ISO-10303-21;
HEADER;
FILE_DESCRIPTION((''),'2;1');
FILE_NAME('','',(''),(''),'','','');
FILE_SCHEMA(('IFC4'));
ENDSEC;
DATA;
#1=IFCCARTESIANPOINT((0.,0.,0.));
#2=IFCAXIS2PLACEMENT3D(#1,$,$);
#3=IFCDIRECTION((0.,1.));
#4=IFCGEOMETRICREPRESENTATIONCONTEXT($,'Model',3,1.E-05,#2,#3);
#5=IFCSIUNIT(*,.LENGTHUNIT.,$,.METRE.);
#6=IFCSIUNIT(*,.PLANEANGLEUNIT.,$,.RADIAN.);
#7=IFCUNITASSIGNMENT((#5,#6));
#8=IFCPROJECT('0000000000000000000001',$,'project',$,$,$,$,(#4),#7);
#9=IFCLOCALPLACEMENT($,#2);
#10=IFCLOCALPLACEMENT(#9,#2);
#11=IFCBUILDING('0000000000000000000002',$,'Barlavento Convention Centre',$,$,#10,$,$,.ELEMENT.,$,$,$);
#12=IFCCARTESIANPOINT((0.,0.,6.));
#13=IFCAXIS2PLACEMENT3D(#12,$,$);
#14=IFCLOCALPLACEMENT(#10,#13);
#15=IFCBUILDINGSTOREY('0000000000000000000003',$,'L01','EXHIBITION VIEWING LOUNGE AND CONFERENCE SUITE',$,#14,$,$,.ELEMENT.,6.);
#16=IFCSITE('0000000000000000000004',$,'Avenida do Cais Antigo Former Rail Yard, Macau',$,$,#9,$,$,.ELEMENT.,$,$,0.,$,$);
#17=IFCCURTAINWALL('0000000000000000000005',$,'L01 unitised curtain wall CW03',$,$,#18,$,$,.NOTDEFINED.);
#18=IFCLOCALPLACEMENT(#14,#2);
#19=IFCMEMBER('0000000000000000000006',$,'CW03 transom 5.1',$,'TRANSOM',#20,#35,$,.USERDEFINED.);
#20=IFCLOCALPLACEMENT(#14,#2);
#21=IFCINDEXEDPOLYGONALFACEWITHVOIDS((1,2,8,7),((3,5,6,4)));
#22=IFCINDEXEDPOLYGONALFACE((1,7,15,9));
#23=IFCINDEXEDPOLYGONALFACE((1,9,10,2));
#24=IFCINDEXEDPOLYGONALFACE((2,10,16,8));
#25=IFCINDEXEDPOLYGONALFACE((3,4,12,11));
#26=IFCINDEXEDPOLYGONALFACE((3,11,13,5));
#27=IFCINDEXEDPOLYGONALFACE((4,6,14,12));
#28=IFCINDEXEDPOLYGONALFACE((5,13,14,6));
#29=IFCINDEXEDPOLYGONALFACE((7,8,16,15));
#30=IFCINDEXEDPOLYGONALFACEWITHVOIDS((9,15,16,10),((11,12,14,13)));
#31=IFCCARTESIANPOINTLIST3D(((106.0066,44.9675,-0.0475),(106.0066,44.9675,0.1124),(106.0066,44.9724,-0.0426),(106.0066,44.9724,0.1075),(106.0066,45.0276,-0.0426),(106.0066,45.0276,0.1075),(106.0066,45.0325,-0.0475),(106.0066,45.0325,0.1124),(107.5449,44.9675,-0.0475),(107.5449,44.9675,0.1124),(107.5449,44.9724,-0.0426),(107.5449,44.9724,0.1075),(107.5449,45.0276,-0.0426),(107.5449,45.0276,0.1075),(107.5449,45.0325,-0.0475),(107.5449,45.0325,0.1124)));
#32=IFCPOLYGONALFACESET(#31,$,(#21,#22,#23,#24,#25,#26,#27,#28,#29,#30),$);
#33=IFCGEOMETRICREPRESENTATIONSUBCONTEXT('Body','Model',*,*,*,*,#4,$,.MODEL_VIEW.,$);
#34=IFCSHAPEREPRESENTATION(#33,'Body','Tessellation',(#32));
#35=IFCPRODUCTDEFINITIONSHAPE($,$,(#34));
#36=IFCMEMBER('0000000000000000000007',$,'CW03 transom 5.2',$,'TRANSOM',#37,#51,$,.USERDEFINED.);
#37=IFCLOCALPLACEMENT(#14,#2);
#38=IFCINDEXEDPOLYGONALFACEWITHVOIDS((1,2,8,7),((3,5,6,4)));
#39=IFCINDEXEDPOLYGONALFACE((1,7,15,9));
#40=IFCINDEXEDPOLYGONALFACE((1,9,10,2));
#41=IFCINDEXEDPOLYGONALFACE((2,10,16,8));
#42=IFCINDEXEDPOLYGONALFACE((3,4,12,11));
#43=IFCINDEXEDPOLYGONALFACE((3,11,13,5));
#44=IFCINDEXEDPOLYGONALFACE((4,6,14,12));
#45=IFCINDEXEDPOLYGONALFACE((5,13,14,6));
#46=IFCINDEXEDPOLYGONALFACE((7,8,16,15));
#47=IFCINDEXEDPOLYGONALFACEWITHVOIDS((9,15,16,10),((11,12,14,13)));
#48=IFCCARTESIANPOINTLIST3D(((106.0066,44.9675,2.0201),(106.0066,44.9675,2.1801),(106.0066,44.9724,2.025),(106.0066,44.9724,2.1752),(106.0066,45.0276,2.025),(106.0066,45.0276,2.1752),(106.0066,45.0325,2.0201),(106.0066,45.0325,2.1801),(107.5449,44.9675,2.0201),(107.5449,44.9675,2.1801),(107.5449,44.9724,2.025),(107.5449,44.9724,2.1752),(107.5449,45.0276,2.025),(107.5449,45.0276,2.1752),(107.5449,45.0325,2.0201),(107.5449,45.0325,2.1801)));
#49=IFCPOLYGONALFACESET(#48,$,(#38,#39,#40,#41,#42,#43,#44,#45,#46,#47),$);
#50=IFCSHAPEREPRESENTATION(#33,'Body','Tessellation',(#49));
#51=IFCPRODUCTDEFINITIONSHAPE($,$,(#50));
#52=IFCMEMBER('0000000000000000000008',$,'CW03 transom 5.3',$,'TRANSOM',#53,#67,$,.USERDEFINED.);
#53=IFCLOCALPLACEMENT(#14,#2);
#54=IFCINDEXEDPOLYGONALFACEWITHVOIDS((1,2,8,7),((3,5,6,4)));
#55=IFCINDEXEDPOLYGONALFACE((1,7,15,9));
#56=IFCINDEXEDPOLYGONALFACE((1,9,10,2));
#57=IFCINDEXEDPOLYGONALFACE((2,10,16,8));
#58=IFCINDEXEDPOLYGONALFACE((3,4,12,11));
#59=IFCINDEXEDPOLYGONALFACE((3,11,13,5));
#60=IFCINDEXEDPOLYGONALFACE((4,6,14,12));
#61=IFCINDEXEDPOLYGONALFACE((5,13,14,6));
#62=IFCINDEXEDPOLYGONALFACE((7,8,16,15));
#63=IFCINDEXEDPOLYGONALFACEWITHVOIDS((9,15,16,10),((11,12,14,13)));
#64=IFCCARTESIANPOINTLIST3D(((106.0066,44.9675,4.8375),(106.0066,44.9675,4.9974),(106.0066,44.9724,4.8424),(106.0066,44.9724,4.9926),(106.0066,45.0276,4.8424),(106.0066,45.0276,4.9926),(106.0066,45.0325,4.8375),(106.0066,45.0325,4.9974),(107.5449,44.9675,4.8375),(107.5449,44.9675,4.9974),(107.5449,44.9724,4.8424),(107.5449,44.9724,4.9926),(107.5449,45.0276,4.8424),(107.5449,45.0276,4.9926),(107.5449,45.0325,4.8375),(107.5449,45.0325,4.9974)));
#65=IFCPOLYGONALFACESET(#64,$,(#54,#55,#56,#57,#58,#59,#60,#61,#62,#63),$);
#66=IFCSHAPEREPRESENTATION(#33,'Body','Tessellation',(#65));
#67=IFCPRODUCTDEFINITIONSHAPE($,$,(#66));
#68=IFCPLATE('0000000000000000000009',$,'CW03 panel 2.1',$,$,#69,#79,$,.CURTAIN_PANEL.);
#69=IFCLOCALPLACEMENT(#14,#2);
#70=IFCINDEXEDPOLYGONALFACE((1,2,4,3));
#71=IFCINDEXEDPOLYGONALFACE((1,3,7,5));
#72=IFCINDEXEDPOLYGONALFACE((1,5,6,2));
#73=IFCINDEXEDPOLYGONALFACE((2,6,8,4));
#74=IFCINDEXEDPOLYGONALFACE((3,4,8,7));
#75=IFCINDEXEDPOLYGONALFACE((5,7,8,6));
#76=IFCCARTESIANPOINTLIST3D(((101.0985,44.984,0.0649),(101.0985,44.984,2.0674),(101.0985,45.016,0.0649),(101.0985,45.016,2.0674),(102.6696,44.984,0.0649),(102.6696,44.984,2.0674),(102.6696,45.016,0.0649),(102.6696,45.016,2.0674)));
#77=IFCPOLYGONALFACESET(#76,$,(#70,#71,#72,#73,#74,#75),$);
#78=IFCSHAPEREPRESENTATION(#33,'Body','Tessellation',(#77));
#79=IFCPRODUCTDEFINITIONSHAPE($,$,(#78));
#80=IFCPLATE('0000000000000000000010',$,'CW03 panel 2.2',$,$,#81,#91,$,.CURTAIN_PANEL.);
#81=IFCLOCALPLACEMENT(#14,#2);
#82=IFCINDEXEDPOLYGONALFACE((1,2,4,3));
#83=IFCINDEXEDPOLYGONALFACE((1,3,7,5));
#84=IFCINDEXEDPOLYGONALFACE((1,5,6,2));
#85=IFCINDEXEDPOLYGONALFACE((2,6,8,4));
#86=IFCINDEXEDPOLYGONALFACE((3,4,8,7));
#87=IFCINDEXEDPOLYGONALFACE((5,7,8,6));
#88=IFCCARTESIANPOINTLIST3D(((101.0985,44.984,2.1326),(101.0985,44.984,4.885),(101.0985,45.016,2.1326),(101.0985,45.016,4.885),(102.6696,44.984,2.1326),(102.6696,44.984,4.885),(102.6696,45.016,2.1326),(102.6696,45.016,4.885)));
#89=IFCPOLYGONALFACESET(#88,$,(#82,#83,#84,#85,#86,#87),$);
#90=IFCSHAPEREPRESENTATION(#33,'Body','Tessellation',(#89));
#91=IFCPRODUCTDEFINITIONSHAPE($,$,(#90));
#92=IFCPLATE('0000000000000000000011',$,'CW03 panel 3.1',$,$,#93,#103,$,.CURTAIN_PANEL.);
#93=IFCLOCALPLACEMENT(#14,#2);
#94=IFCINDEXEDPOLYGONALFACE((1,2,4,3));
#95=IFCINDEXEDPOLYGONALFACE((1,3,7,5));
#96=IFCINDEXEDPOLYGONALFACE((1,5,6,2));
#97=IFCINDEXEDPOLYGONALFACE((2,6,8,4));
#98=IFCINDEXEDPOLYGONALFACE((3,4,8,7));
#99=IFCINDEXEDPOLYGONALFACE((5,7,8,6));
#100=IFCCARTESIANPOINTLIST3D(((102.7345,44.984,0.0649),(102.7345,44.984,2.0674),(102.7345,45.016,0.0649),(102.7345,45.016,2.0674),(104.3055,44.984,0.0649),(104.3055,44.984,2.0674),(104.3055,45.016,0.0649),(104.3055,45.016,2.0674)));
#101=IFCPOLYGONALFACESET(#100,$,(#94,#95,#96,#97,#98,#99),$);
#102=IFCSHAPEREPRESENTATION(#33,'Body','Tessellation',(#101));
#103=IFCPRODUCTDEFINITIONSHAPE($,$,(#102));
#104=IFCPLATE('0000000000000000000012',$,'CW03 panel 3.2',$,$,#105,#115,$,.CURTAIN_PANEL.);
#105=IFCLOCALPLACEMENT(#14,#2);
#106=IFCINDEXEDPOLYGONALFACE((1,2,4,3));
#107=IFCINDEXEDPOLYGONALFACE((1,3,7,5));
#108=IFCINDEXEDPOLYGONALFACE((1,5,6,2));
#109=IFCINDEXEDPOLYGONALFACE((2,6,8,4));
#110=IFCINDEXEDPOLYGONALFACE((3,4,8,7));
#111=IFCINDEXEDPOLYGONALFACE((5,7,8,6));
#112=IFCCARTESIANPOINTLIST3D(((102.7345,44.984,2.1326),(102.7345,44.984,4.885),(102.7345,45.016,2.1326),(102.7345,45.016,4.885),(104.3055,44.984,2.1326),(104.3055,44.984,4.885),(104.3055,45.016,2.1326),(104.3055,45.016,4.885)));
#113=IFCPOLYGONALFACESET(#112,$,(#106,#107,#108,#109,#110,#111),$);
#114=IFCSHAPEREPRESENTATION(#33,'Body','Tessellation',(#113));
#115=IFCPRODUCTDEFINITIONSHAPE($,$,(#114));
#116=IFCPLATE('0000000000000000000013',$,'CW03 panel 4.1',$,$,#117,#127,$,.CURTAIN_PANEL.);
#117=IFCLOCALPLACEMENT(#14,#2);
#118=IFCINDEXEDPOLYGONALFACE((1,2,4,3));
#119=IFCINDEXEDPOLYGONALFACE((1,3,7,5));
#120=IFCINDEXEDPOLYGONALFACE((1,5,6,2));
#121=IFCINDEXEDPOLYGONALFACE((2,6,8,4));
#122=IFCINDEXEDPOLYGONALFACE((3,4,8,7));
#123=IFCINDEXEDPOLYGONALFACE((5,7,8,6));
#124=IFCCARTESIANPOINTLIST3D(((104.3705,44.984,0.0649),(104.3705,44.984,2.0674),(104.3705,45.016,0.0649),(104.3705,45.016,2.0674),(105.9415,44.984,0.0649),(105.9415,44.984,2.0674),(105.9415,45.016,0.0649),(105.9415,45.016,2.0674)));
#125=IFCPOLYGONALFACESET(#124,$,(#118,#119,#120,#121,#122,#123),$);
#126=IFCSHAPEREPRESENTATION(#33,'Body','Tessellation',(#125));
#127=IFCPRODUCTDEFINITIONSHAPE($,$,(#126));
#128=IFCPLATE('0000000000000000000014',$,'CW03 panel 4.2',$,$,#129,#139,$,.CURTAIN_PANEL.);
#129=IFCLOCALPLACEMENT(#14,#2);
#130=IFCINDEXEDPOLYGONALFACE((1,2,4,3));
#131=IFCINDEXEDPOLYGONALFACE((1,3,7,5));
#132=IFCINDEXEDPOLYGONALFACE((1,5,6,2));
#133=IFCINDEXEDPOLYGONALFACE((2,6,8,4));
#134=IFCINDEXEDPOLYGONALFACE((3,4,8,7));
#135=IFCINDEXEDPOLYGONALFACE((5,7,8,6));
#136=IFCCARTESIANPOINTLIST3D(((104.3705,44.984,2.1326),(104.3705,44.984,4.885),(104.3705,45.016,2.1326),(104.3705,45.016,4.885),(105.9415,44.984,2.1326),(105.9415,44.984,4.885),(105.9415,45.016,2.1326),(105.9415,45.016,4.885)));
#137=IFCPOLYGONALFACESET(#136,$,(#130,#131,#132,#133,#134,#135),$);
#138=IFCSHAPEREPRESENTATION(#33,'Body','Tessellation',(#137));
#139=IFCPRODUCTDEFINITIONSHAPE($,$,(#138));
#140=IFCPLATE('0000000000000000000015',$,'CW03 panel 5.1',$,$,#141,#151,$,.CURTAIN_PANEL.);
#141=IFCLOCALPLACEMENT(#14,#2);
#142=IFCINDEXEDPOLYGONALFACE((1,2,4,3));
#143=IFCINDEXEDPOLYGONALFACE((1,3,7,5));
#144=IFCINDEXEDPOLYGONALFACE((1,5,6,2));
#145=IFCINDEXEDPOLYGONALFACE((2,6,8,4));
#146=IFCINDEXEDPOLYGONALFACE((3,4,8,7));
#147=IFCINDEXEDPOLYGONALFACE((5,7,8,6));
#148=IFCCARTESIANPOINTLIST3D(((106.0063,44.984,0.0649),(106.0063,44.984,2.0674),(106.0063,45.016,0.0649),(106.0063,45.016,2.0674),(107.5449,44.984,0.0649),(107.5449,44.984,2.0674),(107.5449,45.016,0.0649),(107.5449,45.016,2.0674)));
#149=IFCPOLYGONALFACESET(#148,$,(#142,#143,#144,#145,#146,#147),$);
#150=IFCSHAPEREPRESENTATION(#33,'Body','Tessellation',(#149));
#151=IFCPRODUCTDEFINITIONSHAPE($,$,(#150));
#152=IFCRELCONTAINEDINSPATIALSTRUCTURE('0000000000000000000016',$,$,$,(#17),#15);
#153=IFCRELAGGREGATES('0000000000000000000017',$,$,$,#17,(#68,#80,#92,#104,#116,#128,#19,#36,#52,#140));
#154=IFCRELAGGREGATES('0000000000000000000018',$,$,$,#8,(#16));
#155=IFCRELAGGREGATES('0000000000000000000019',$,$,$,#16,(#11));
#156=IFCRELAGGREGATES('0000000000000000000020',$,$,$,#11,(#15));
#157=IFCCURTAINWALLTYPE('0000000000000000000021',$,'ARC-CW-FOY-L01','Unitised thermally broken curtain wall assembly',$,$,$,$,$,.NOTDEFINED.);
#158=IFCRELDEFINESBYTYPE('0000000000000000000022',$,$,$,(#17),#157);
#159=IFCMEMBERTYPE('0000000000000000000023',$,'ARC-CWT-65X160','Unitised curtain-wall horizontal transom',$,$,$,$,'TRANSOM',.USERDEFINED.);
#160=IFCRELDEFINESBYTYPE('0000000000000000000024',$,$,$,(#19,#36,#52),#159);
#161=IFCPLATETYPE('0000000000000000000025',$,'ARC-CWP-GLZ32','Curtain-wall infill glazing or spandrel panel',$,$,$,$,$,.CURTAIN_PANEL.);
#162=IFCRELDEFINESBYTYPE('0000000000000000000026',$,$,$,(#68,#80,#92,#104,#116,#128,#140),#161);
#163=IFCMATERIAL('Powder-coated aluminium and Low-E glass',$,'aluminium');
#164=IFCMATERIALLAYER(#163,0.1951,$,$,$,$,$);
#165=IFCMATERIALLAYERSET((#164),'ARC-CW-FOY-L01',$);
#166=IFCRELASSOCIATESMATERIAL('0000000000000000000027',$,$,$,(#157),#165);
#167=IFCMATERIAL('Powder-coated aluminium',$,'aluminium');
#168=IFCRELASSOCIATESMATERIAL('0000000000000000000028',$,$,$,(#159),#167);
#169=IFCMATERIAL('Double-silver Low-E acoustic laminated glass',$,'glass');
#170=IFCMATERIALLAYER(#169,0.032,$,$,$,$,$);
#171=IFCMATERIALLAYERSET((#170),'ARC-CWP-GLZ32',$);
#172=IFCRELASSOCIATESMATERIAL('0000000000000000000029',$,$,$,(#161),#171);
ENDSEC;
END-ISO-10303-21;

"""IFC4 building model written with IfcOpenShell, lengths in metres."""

from ifc_helpers import new_model, si_unit, direction, frame, origin, origin_2d, place, context, subcontext, project, spatial, rectangle, hollow_rectangle, extrude, material, layer, layer_set, material_profile, profile_set, type_object, element, aggregate, save


model = new_model("IFC4")

# Units and contexts
model_context = context("Model", 3, precision=1e-05, world=origin(), true_north=direction((0.0, 1.0)))
body_context = subcontext(model_context, "Body", "Model", "MODEL_VIEW")
ifc_project = project(units=[si_unit("LENGTHUNIT", "METRE"), si_unit("PLANEANGLEUNIT", "RADIAN")], contexts=[model_context])

# Site, building, storey
site_placement = place(None, origin())
site = spatial("IfcSite", under=ifc_project, at=site_placement, Name="Avenida do Cais Antigo Former Rail Yard, Macau", CompositionType="ELEMENT", RefElevation=0.0)
building_placement = place(site_placement, origin())
building = spatial("IfcBuilding", under=site, at=building_placement, Name="Barlavento Convention Centre", CompositionType="ELEMENT")
storey_placement = place(building_placement, frame((0.0, 0.0, 6.0)))
storey = spatial("IfcBuildingStorey", under=building, at=storey_placement, Name="L01", Description="EXHIBITION VIEWING LOUNGE AND CONFERENCE SUITE", CompositionType="ELEMENT", Elevation=6.0)

# Curtain wall, members, plates
ifc_material_1 = material(Name="Powder-coated aluminium and Low-E glass", Category="aluminium")
ifc_layer_1 = layer(ifc_material_1, 0.1951)
ifc_layer_set_1 = layer_set([ifc_layer_1], Name="ARC-CW-FOY-L01")
curtain_wall_type = type_object("IfcCurtainWallType", Name="ARC-CW-FOY-L01", Description="Unitised thermally broken curtain wall assembly", PredefinedType="NOTDEFINED", material=ifc_layer_set_1)
curtain_wall_placement = place(storey_placement, origin())
curtain_wall = element("IfcCurtainWall", 1, at=curtain_wall_placement, inside=storey, type_object=curtain_wall_type, Name="L01 unitised curtain wall CW03", PredefinedType="NOTDEFINED")
ifc_material_2 = material(Name="Powder-coated aluminium", Category="aluminium")
ifc_material_profile_1 = material_profile(ifc_material_2, hollow_rectangle(XDim=0.0649, YDim=0.1599, WallThickness=0.0049, at=origin_2d()), Name="AL-TRAN 65x160x5")
ifc_profile_set_1 = profile_set([ifc_material_profile_1], Name="Powder-coated aluminium")
member_type_1 = type_object("IfcMemberType", Name="ARC-CWT-65X160", Description="Unitised curtain-wall horizontal transom", ElementType="TRANSOM", PredefinedType="USERDEFINED", material=ifc_profile_set_1)
member_1_placement = place(storey_placement, frame((106.0066, 45.0, 0.0325), z_axis=(1.0, 0.0, 0.0), x_axis=(0.0, 1.0, 0.0)))
member_1 = element("IfcMember", 2, at=member_1_placement, type_object=member_type_1, Name="CW03 transom 5.1", ObjectType="TRANSOM", PredefinedType="USERDEFINED", context=body_context, shape_type="SweptSolid", body=[
    extrude(hollow_rectangle(XDim=0.0649, YDim=0.1599, WallThickness=0.0049, at=origin_2d()), origin(), (0.0, 0.0, 1.0), 1.5383),
])
member_2_placement = place(storey_placement, frame((106.0066, 45.0, 2.1001), z_axis=(1.0, 0.0, 0.0), x_axis=(0.0, 1.0, 0.0)))
member_2 = element("IfcMember", 3, at=member_2_placement, type_object=member_type_1, Name="CW03 transom 5.2", ObjectType="TRANSOM", PredefinedType="USERDEFINED", context=body_context, shape_type="SweptSolid", body=[
    extrude(hollow_rectangle(XDim=0.0649, YDim=0.1599, WallThickness=0.0049, at=origin_2d()), origin(), (0.0, 0.0, 1.0), 1.5383),
])
member_3_placement = place(storey_placement, frame((106.0066, 45.0, 4.9175), z_axis=(1.0, 0.0, 0.0), x_axis=(0.0, 1.0, 0.0)))
member_3 = element("IfcMember", 4, at=member_3_placement, type_object=member_type_1, Name="CW03 transom 5.3", ObjectType="TRANSOM", PredefinedType="USERDEFINED", context=body_context, shape_type="SweptSolid", body=[
    extrude(hollow_rectangle(XDim=0.0649, YDim=0.1599, WallThickness=0.0049, at=origin_2d()), origin(), (0.0, 0.0, 1.0), 1.5383),
])
ifc_material_3 = material(Name="Double-silver Low-E acoustic laminated glass", Category="glass")
ifc_layer_2 = layer(ifc_material_3, 0.032)
ifc_layer_set_2 = layer_set([ifc_layer_2], Name="ARC-CWP-GLZ32")
plate_type = type_object("IfcPlateType", Name="ARC-CWP-GLZ32", Description="Curtain-wall infill glazing or spandrel panel", PredefinedType="CURTAIN_PANEL", material=ifc_layer_set_2)
plate_1_placement = place(storey_placement, frame((101.884, 45.0, 0.0649), z_axis=(0.0, 0.0, 1.0), x_axis=(1.0, 0.0, 0.0)))
plate_1 = element("IfcPlate", 5, at=plate_1_placement, type_object=plate_type, Name="CW03 panel 2.1", PredefinedType="CURTAIN_PANEL", context=body_context, shape_type="SweptSolid", body=[
    extrude(rectangle(XDim=1.571, YDim=0.032, at=origin_2d()), origin(), (0.0, 0.0, 1.0), 2.0024),
])
plate_2_placement = place(storey_placement, frame((101.884, 45.0, 2.1326), z_axis=(0.0, 0.0, 1.0), x_axis=(1.0, 0.0, 0.0)))
plate_2 = element("IfcPlate", 6, at=plate_2_placement, type_object=plate_type, Name="CW03 panel 2.2", PredefinedType="CURTAIN_PANEL", context=body_context, shape_type="SweptSolid", body=[
    extrude(rectangle(XDim=1.571, YDim=0.032, at=origin_2d()), origin(), (0.0, 0.0, 1.0), 2.7524),
])
plate_3_placement = place(storey_placement, frame((103.52, 45.0, 0.0649), z_axis=(0.0, 0.0, 1.0), x_axis=(1.0, 0.0, 0.0)))
plate_3 = element("IfcPlate", 7, at=plate_3_placement, type_object=plate_type, Name="CW03 panel 3.1", PredefinedType="CURTAIN_PANEL", context=body_context, shape_type="SweptSolid", body=[
    extrude(rectangle(XDim=1.571, YDim=0.032, at=origin_2d()), origin(), (0.0, 0.0, 1.0), 2.0024),
])
plate_4_placement = place(storey_placement, frame((103.52, 45.0, 2.1326), z_axis=(0.0, 0.0, 1.0), x_axis=(1.0, 0.0, 0.0)))
plate_4 = element("IfcPlate", 8, at=plate_4_placement, type_object=plate_type, Name="CW03 panel 3.2", PredefinedType="CURTAIN_PANEL", context=body_context, shape_type="SweptSolid", body=[
    extrude(rectangle(XDim=1.571, YDim=0.032, at=origin_2d()), origin(), (0.0, 0.0, 1.0), 2.7524),
])
plate_5_placement = place(storey_placement, frame((105.156, 45.0, 0.0649), z_axis=(0.0, 0.0, 1.0), x_axis=(1.0, 0.0, 0.0)))
plate_5 = element("IfcPlate", 9, at=plate_5_placement, type_object=plate_type, Name="CW03 panel 4.1", PredefinedType="CURTAIN_PANEL", context=body_context, shape_type="SweptSolid", body=[
    extrude(rectangle(XDim=1.571, YDim=0.032, at=origin_2d()), origin(), (0.0, 0.0, 1.0), 2.0024),
])
plate_6_placement = place(storey_placement, frame((105.156, 45.0, 2.1326), z_axis=(0.0, 0.0, 1.0), x_axis=(1.0, 0.0, 0.0)))
plate_6 = element("IfcPlate", 10, at=plate_6_placement, type_object=plate_type, Name="CW03 panel 4.2", PredefinedType="CURTAIN_PANEL", context=body_context, shape_type="SweptSolid", body=[
    extrude(rectangle(XDim=1.571, YDim=0.032, at=origin_2d()), origin(), (0.0, 0.0, 1.0), 2.7524),
])
plate_7_placement = place(storey_placement, frame((106.7756, 45.0, 0.0649), z_axis=(0.0, 0.0, 1.0), x_axis=(1.0, 0.0, 0.0)))
plate_7 = element("IfcPlate", 11, at=plate_7_placement, type_object=plate_type, Name="CW03 panel 5.1", PredefinedType="CURTAIN_PANEL", context=body_context, shape_type="SweptSolid", body=[
    extrude(rectangle(XDim=1.5386, YDim=0.032, at=origin_2d()), origin(), (0.0, 0.0, 1.0), 2.0024),
])
aggregate(curtain_wall, [plate_1, plate_2, plate_3, plate_4, plate_5, plate_6, member_1, member_2, member_3, plate_7])

save(model, "model.ifc")
